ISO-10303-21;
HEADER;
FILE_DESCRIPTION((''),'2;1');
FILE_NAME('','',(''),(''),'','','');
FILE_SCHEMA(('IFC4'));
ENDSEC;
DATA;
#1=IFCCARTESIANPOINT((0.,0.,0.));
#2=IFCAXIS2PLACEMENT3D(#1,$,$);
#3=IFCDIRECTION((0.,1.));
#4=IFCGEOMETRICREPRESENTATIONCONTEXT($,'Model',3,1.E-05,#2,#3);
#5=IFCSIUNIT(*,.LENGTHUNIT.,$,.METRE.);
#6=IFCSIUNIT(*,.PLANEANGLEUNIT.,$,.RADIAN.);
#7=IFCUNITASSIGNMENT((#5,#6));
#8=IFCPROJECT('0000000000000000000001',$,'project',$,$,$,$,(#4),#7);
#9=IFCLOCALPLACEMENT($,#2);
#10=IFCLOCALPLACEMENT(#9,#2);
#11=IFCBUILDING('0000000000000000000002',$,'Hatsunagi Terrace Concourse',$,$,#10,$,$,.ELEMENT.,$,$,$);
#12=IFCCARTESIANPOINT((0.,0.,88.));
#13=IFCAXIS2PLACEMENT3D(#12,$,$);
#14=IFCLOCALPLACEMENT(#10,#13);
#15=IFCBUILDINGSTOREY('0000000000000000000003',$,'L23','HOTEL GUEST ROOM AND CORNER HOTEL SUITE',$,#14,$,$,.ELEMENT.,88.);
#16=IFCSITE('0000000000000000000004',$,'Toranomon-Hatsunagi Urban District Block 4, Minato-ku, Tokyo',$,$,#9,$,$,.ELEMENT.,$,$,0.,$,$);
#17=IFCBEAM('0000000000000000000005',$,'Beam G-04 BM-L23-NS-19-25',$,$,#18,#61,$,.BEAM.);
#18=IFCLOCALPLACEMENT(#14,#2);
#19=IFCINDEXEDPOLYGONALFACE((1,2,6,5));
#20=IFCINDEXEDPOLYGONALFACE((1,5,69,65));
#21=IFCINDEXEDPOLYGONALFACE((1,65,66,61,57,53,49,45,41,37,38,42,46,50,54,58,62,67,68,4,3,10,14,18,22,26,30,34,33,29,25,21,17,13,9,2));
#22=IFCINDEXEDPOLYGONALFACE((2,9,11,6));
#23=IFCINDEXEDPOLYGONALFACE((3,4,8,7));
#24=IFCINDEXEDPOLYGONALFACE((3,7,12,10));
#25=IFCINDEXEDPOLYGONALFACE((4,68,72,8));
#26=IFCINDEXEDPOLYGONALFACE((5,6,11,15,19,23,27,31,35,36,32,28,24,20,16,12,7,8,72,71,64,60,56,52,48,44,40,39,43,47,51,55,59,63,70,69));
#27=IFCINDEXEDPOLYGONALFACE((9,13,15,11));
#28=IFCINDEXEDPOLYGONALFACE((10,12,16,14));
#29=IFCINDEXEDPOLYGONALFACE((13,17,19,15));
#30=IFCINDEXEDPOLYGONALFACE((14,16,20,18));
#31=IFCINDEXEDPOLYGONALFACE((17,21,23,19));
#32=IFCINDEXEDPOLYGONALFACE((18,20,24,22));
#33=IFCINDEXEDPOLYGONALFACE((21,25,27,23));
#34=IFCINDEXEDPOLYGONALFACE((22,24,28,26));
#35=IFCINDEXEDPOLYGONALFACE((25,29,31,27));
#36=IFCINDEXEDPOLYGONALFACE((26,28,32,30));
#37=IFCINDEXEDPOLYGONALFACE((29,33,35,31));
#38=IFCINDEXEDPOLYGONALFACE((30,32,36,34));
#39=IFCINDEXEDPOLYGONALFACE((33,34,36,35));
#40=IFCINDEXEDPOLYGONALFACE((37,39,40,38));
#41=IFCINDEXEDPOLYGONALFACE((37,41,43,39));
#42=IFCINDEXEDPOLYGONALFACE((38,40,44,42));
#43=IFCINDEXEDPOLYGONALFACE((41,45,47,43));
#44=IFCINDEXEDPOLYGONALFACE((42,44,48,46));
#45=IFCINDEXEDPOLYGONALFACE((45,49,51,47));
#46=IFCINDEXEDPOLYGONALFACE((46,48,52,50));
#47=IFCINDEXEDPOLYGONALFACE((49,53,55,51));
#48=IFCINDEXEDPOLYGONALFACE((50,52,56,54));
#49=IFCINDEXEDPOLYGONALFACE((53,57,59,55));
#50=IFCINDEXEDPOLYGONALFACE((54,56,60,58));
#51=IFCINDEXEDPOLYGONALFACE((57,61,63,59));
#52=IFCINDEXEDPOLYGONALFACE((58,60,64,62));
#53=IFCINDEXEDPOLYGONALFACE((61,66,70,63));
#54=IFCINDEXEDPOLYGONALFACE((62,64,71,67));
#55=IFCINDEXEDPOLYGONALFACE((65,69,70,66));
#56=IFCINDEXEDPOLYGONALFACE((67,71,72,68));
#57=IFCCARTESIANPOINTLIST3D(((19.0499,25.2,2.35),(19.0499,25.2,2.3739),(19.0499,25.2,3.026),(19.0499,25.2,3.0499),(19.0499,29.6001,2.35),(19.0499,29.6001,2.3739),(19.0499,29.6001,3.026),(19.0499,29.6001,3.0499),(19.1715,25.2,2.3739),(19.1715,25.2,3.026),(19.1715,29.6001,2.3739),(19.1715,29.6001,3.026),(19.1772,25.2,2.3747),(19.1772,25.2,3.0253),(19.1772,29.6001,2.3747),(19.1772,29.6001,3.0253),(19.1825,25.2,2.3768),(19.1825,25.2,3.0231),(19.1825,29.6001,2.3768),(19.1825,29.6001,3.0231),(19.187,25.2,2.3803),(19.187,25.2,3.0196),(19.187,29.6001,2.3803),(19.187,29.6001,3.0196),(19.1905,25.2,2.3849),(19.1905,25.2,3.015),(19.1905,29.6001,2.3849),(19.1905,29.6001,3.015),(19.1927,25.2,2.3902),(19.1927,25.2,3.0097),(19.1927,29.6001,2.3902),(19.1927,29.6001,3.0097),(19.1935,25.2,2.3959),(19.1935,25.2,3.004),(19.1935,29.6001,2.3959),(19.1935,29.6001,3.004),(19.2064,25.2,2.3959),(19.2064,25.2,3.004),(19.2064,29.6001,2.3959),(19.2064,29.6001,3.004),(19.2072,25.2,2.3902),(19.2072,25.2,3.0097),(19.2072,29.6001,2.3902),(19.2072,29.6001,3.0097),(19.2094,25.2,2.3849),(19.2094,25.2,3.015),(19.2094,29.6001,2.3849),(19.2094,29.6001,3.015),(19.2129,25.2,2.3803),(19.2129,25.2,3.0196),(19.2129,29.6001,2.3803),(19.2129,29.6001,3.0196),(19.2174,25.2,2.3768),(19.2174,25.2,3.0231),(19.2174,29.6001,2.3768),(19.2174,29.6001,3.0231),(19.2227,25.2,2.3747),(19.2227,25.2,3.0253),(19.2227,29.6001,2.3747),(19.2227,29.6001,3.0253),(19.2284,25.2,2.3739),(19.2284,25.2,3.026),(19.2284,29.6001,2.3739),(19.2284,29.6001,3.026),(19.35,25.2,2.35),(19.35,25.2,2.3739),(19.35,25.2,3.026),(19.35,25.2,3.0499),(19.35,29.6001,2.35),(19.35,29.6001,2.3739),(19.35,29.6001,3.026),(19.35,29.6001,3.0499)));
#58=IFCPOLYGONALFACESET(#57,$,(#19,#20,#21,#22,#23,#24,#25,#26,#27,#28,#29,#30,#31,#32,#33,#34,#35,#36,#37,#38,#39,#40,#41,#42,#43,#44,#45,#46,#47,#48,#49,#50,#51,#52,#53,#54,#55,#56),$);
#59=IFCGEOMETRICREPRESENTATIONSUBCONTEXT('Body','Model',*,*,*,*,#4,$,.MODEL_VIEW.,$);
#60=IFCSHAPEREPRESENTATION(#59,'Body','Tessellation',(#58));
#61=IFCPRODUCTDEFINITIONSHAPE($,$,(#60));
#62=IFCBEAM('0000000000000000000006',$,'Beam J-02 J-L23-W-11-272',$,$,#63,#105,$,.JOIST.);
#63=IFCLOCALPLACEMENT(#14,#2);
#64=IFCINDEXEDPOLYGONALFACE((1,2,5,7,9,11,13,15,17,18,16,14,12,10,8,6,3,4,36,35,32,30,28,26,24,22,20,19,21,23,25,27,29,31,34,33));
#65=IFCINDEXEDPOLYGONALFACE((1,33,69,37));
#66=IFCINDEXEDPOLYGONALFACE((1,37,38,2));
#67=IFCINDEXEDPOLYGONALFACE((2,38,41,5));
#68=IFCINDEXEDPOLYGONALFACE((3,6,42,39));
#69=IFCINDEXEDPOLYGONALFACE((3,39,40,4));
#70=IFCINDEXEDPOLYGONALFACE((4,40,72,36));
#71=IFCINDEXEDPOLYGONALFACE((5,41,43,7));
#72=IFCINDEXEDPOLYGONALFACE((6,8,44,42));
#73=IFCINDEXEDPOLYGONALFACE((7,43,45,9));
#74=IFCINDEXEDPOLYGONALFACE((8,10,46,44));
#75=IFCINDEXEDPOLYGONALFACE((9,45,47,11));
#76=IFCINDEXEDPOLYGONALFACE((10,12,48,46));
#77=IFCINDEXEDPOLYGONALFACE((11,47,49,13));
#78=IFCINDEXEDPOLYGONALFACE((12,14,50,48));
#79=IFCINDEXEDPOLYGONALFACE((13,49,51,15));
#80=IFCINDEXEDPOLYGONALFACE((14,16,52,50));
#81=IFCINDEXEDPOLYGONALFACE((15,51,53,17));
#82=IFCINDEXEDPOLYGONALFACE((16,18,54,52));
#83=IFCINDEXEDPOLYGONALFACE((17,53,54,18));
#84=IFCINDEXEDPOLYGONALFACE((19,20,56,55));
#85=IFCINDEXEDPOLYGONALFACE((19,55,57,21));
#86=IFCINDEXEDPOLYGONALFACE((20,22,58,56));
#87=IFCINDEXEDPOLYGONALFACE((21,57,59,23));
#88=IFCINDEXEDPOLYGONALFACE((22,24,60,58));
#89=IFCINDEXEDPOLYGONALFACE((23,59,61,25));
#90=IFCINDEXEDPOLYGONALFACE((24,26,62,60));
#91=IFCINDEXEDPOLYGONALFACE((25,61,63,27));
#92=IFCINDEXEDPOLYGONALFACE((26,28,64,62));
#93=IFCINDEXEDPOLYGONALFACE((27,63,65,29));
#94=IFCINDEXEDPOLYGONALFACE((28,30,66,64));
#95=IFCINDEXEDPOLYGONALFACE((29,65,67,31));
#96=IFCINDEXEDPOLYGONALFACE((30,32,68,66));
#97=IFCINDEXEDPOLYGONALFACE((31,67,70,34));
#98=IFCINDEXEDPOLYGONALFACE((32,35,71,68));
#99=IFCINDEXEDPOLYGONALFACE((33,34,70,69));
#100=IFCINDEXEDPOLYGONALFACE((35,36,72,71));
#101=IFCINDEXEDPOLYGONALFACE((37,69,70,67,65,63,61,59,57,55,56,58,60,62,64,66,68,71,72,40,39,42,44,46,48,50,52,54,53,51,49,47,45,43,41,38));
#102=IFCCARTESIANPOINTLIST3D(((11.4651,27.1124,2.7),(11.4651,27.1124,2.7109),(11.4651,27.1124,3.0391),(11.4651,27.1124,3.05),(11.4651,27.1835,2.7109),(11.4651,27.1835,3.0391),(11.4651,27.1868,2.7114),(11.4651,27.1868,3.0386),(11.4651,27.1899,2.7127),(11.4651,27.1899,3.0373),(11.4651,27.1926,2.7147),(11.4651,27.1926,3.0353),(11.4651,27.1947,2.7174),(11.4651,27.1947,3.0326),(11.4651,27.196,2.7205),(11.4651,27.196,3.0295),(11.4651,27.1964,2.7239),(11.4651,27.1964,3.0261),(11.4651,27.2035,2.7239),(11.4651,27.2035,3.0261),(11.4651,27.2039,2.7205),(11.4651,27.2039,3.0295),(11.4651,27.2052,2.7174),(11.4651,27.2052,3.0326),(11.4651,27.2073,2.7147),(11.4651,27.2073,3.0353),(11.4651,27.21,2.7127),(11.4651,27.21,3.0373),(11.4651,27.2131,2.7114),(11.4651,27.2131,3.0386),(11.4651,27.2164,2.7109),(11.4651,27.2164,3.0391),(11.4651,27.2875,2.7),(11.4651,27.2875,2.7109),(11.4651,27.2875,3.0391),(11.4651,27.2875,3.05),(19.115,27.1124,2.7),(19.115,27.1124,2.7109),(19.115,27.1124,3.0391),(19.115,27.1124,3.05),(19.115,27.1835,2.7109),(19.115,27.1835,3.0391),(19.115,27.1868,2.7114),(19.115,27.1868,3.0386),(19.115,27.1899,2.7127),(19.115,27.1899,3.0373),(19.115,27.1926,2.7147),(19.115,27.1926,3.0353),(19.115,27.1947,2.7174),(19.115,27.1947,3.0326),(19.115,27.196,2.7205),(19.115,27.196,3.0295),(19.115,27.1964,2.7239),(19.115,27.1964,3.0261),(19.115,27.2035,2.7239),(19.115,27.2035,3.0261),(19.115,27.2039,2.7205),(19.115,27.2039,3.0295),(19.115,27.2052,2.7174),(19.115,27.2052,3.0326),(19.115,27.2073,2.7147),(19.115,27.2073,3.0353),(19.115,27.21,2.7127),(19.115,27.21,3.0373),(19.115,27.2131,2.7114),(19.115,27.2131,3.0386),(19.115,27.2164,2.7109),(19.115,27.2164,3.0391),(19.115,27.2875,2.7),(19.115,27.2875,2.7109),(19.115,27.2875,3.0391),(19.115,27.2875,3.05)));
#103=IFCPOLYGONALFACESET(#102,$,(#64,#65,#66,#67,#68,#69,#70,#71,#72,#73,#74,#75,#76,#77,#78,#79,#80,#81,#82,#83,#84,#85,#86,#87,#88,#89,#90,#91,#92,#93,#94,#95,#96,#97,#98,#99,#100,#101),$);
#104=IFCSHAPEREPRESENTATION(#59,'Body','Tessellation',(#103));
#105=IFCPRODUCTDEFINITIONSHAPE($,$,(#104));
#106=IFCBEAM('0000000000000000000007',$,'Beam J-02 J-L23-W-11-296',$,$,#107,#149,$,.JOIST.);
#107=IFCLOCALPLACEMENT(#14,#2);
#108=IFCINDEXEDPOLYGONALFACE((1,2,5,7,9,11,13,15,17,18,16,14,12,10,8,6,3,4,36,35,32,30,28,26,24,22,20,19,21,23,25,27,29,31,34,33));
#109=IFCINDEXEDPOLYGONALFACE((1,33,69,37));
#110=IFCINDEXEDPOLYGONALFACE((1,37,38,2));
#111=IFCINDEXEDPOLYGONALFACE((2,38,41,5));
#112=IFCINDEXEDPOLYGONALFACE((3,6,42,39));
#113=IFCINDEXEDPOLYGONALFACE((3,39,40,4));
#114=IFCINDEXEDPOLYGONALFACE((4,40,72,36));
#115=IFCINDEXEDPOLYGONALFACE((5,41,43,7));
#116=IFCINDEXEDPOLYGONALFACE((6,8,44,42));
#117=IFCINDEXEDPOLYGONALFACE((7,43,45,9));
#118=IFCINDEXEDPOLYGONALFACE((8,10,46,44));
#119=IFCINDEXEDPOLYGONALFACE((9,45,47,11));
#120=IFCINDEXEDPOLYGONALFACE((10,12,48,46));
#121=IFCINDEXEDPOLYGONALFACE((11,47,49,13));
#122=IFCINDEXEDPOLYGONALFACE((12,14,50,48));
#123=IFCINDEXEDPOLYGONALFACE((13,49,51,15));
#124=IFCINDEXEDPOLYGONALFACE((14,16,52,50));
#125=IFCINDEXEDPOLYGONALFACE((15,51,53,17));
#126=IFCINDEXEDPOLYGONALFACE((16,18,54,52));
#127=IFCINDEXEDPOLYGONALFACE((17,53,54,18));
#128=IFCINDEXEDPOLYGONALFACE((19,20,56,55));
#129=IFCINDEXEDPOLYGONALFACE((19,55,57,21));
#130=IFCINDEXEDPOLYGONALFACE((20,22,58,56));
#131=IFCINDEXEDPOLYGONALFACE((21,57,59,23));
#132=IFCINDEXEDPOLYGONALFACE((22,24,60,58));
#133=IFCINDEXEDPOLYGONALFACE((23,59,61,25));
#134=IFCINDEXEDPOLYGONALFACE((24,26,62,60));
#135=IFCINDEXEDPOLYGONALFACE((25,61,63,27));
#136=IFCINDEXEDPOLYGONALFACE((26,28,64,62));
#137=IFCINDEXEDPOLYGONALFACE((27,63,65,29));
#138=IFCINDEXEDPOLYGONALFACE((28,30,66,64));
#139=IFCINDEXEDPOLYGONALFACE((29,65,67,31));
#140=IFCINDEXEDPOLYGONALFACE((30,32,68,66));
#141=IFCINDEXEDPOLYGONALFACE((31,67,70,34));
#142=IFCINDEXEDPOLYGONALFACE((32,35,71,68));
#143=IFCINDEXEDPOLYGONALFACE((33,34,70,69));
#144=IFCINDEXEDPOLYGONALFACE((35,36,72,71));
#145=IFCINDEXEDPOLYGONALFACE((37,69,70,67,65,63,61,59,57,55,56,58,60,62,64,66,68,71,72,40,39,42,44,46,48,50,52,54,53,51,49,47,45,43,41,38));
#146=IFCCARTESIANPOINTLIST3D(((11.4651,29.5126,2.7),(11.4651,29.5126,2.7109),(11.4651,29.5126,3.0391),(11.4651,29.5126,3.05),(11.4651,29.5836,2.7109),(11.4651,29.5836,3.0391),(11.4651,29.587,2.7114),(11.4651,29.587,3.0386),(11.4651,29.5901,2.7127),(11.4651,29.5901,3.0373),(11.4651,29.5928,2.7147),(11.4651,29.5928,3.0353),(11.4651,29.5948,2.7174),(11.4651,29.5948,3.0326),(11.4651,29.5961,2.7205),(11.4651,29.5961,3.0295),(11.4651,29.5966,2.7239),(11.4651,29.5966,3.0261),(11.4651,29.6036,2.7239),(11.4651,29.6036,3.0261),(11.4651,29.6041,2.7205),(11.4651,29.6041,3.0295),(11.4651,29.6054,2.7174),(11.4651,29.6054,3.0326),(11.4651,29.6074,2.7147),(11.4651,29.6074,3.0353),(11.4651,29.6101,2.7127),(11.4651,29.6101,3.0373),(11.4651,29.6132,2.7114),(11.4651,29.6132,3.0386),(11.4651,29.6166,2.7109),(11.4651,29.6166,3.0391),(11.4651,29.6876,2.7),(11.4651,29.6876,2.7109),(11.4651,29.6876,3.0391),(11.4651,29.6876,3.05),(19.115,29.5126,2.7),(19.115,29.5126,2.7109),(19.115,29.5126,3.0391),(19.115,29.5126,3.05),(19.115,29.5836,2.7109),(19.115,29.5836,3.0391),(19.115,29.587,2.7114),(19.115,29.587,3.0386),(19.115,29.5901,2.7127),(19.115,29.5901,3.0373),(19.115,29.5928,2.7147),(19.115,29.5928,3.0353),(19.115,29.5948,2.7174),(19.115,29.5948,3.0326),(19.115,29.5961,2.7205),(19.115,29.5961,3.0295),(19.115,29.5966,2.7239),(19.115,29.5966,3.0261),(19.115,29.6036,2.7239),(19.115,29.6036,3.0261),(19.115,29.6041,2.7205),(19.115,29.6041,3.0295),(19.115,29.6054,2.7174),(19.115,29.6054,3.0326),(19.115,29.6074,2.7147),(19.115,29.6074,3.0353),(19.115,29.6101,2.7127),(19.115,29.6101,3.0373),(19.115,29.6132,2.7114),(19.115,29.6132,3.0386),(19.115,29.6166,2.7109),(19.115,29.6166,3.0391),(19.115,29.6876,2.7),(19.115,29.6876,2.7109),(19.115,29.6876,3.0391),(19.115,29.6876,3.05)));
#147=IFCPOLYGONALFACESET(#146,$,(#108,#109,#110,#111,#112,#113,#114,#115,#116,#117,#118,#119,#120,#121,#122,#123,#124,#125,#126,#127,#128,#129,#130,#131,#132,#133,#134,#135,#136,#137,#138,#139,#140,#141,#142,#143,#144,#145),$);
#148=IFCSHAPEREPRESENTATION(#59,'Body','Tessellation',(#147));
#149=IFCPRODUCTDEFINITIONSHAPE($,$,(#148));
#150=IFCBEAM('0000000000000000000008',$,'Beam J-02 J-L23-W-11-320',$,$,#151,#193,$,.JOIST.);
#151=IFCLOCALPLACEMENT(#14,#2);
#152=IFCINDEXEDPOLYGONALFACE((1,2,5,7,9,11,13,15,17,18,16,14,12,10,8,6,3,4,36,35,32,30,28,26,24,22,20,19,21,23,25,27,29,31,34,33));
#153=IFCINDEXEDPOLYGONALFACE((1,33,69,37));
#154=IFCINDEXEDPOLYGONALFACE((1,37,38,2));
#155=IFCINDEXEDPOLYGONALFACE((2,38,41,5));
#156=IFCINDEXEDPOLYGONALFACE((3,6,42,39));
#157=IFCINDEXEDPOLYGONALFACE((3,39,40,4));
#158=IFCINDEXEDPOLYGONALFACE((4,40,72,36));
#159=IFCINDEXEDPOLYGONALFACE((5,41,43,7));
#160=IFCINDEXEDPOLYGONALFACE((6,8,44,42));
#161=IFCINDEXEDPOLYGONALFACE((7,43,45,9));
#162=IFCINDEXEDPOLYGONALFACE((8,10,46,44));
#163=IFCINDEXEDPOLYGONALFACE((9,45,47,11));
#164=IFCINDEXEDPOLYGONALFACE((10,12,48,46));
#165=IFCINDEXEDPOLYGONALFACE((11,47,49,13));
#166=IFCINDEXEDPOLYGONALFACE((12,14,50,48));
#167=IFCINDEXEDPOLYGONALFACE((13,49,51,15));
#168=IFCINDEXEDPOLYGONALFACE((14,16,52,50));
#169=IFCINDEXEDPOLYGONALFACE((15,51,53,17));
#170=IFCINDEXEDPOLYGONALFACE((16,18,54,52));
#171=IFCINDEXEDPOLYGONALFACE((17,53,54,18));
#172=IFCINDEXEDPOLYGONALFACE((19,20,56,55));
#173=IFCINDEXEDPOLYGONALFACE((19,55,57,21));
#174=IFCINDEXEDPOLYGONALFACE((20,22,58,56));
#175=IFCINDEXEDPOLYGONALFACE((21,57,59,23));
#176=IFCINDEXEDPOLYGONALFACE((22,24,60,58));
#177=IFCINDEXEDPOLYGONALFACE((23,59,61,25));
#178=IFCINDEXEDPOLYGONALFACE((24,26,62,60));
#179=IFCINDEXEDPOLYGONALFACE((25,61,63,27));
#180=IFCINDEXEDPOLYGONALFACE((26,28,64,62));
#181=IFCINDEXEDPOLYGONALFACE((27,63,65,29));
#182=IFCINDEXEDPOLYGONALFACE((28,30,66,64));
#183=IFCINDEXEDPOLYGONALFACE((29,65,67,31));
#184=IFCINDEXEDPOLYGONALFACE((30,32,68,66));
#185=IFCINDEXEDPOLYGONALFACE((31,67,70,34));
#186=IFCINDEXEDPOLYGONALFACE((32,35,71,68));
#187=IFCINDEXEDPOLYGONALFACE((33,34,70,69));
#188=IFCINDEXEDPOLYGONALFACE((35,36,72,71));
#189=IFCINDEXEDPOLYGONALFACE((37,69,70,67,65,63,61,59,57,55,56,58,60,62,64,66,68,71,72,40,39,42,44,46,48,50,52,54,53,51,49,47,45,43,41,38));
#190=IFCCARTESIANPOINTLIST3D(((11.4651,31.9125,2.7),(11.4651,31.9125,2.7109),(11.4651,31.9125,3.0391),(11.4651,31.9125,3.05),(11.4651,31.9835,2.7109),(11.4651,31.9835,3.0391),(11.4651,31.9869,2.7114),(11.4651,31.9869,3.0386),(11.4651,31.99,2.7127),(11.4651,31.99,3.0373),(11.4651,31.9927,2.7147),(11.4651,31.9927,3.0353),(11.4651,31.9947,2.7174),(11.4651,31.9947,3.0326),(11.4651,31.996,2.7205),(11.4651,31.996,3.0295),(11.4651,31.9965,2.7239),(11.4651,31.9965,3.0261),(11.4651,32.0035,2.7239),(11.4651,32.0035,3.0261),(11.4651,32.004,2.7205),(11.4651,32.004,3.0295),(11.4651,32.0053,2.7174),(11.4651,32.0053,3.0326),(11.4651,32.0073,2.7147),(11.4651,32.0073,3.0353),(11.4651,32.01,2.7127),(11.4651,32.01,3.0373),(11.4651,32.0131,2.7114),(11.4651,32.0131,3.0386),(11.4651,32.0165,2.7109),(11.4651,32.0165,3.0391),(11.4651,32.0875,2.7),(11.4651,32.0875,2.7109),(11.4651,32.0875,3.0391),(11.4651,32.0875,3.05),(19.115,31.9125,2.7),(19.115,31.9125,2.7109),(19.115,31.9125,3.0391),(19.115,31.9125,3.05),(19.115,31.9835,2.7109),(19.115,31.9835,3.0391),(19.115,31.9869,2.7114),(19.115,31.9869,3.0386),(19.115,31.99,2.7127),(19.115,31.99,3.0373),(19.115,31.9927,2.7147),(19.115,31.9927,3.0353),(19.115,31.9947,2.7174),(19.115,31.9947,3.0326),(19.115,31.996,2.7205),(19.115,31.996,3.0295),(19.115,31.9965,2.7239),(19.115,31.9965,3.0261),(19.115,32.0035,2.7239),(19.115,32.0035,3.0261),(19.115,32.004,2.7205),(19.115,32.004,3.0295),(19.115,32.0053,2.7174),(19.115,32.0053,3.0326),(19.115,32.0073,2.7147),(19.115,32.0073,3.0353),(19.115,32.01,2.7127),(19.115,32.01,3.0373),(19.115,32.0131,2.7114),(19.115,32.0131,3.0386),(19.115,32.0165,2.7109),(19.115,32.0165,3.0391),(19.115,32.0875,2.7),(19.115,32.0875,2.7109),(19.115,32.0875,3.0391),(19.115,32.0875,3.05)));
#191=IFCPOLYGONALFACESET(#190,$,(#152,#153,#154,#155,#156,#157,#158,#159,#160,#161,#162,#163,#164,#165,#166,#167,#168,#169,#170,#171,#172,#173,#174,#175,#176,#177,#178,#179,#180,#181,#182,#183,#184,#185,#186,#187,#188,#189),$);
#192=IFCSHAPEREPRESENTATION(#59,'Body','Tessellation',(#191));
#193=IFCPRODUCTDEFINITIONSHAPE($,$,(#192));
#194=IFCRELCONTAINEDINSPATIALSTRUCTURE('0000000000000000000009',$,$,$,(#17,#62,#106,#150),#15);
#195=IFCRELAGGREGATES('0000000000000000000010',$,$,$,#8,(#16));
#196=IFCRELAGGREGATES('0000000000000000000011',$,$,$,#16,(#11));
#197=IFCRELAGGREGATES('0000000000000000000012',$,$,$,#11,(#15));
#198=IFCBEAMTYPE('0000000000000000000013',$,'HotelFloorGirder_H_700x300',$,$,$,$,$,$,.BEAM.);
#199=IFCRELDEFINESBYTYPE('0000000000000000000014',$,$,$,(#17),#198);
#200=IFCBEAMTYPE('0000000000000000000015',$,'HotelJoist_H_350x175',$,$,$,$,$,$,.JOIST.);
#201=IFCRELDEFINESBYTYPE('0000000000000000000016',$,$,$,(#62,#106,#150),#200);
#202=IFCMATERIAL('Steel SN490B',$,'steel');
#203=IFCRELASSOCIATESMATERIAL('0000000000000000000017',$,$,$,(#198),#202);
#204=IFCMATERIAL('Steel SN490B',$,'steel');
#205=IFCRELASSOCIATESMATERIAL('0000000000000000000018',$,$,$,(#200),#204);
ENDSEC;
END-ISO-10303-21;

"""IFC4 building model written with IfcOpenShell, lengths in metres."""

from ifc_helpers import new_model, si_unit, direction, frame, origin, origin_2d, place, context, subcontext, project, spatial, i_section, extrude, material, material_profile, profile_set, type_object, element, save


model = new_model("IFC4")

# Units and contexts
model_context = context("Model", 3, precision=1e-05, world=origin(), true_north=direction((0.0, 1.0)))
body_context = subcontext(model_context, "Body", "Model", "MODEL_VIEW")
ifc_project = project(units=[si_unit("LENGTHUNIT", "METRE"), si_unit("PLANEANGLEUNIT", "RADIAN")], contexts=[model_context])

# Site, building, storey
site_placement = place(None, origin())
site = spatial("IfcSite", under=ifc_project, at=site_placement, Name="Toranomon-Hatsunagi Urban District Block 4, Minato-ku, Tokyo", CompositionType="ELEMENT", RefElevation=0.0)
building_placement = place(site_placement, origin())
building = spatial("IfcBuilding", under=site, at=building_placement, Name="Hatsunagi Terrace Concourse", CompositionType="ELEMENT")
storey_placement = place(building_placement, frame((0.0, 0.0, 88.0)))
storey = spatial("IfcBuildingStorey", under=building, at=storey_placement, Name="L23", Description="HOTEL GUEST ROOM AND CORNER HOTEL SUITE", CompositionType="ELEMENT", Elevation=88.0)

# Beams
ifc_material_1 = material(Name="Steel SN490B", Category="steel")
ifc_material_profile_1 = material_profile(ifc_material_1, i_section(OverallWidth=0.3, OverallDepth=0.7, WebThickness=0.0129, FlangeThickness=0.0239, FilletRadius=0.022, at=origin_2d()), Name="H-700x300x13x24")
ifc_profile_set_1 = profile_set([ifc_material_profile_1], Name="Steel SN490B")
beam_type_1 = type_object("IfcBeamType", Name="HotelFloorGirder_H_700x300", PredefinedType="BEAM", material=ifc_profile_set_1)
beam_1_placement = place(storey_placement, frame((19.2, 25.2, 2.7), z_axis=(0.0, 1.0, 0.0), x_axis=(-1.0, 0.0, 0.0)))
element("IfcBeam", 1, at=beam_1_placement, inside=storey, type_object=beam_type_1, Name="Beam G-04 BM-L23-NS-19-25", PredefinedType="BEAM", context=body_context, shape_type="SweptSolid", body=[
    extrude(i_section(OverallWidth=0.3, OverallDepth=0.7, WebThickness=0.0129, FlangeThickness=0.0239, FilletRadius=0.022, at=origin_2d()), origin(), (0.0, 0.0, 1.0), 4.4001),
])
ifc_material_2 = material(Name="Steel SN490B", Category="steel")
ifc_material_profile_2 = material_profile(ifc_material_2, i_section(OverallWidth=0.175, OverallDepth=0.3501, WebThickness=0.0071, FlangeThickness=0.011, FilletRadius=0.0129, at=origin_2d()), Name="H-350x175x7x11")
ifc_profile_set_2 = profile_set([ifc_material_profile_2], Name="Steel SN490B")
beam_type_2 = type_object("IfcBeamType", Name="HotelJoist_H_350x175", PredefinedType="JOIST", material=ifc_profile_set_2)
for number, where, z_axis, x_axis, name in (
    (2, (11.4651, 27.2, 2.875), (1.0, 0.0, 0.0), (0.0, 1.0, 0.0), "Beam J-02 J-L23-W-11-272"),
    (3, (11.4651, 29.6001, 2.875), (1.0, 0.0, 0.0), (0.0, 1.0, 0.0), "Beam J-02 J-L23-W-11-296"),
    (4, (11.4651, 32.0, 2.875), (1.0, 0.0, 0.0), (0.0, 1.0, 0.0), "Beam J-02 J-L23-W-11-320"),
):
    element("IfcBeam", number, at=place(storey_placement, frame(where, z_axis=z_axis, x_axis=x_axis)), inside=storey, type_object=beam_type_2, Name=name, PredefinedType="JOIST", context=body_context, shape_type="SweptSolid", body=[
        extrude(i_section(OverallWidth=0.175, OverallDepth=0.3501, WebThickness=0.0071, FlangeThickness=0.011, FilletRadius=0.0129, at=origin_2d()), origin(), (0.0, 0.0, 1.0), 7.6499),
    ])

save(model, "model.ifc")
